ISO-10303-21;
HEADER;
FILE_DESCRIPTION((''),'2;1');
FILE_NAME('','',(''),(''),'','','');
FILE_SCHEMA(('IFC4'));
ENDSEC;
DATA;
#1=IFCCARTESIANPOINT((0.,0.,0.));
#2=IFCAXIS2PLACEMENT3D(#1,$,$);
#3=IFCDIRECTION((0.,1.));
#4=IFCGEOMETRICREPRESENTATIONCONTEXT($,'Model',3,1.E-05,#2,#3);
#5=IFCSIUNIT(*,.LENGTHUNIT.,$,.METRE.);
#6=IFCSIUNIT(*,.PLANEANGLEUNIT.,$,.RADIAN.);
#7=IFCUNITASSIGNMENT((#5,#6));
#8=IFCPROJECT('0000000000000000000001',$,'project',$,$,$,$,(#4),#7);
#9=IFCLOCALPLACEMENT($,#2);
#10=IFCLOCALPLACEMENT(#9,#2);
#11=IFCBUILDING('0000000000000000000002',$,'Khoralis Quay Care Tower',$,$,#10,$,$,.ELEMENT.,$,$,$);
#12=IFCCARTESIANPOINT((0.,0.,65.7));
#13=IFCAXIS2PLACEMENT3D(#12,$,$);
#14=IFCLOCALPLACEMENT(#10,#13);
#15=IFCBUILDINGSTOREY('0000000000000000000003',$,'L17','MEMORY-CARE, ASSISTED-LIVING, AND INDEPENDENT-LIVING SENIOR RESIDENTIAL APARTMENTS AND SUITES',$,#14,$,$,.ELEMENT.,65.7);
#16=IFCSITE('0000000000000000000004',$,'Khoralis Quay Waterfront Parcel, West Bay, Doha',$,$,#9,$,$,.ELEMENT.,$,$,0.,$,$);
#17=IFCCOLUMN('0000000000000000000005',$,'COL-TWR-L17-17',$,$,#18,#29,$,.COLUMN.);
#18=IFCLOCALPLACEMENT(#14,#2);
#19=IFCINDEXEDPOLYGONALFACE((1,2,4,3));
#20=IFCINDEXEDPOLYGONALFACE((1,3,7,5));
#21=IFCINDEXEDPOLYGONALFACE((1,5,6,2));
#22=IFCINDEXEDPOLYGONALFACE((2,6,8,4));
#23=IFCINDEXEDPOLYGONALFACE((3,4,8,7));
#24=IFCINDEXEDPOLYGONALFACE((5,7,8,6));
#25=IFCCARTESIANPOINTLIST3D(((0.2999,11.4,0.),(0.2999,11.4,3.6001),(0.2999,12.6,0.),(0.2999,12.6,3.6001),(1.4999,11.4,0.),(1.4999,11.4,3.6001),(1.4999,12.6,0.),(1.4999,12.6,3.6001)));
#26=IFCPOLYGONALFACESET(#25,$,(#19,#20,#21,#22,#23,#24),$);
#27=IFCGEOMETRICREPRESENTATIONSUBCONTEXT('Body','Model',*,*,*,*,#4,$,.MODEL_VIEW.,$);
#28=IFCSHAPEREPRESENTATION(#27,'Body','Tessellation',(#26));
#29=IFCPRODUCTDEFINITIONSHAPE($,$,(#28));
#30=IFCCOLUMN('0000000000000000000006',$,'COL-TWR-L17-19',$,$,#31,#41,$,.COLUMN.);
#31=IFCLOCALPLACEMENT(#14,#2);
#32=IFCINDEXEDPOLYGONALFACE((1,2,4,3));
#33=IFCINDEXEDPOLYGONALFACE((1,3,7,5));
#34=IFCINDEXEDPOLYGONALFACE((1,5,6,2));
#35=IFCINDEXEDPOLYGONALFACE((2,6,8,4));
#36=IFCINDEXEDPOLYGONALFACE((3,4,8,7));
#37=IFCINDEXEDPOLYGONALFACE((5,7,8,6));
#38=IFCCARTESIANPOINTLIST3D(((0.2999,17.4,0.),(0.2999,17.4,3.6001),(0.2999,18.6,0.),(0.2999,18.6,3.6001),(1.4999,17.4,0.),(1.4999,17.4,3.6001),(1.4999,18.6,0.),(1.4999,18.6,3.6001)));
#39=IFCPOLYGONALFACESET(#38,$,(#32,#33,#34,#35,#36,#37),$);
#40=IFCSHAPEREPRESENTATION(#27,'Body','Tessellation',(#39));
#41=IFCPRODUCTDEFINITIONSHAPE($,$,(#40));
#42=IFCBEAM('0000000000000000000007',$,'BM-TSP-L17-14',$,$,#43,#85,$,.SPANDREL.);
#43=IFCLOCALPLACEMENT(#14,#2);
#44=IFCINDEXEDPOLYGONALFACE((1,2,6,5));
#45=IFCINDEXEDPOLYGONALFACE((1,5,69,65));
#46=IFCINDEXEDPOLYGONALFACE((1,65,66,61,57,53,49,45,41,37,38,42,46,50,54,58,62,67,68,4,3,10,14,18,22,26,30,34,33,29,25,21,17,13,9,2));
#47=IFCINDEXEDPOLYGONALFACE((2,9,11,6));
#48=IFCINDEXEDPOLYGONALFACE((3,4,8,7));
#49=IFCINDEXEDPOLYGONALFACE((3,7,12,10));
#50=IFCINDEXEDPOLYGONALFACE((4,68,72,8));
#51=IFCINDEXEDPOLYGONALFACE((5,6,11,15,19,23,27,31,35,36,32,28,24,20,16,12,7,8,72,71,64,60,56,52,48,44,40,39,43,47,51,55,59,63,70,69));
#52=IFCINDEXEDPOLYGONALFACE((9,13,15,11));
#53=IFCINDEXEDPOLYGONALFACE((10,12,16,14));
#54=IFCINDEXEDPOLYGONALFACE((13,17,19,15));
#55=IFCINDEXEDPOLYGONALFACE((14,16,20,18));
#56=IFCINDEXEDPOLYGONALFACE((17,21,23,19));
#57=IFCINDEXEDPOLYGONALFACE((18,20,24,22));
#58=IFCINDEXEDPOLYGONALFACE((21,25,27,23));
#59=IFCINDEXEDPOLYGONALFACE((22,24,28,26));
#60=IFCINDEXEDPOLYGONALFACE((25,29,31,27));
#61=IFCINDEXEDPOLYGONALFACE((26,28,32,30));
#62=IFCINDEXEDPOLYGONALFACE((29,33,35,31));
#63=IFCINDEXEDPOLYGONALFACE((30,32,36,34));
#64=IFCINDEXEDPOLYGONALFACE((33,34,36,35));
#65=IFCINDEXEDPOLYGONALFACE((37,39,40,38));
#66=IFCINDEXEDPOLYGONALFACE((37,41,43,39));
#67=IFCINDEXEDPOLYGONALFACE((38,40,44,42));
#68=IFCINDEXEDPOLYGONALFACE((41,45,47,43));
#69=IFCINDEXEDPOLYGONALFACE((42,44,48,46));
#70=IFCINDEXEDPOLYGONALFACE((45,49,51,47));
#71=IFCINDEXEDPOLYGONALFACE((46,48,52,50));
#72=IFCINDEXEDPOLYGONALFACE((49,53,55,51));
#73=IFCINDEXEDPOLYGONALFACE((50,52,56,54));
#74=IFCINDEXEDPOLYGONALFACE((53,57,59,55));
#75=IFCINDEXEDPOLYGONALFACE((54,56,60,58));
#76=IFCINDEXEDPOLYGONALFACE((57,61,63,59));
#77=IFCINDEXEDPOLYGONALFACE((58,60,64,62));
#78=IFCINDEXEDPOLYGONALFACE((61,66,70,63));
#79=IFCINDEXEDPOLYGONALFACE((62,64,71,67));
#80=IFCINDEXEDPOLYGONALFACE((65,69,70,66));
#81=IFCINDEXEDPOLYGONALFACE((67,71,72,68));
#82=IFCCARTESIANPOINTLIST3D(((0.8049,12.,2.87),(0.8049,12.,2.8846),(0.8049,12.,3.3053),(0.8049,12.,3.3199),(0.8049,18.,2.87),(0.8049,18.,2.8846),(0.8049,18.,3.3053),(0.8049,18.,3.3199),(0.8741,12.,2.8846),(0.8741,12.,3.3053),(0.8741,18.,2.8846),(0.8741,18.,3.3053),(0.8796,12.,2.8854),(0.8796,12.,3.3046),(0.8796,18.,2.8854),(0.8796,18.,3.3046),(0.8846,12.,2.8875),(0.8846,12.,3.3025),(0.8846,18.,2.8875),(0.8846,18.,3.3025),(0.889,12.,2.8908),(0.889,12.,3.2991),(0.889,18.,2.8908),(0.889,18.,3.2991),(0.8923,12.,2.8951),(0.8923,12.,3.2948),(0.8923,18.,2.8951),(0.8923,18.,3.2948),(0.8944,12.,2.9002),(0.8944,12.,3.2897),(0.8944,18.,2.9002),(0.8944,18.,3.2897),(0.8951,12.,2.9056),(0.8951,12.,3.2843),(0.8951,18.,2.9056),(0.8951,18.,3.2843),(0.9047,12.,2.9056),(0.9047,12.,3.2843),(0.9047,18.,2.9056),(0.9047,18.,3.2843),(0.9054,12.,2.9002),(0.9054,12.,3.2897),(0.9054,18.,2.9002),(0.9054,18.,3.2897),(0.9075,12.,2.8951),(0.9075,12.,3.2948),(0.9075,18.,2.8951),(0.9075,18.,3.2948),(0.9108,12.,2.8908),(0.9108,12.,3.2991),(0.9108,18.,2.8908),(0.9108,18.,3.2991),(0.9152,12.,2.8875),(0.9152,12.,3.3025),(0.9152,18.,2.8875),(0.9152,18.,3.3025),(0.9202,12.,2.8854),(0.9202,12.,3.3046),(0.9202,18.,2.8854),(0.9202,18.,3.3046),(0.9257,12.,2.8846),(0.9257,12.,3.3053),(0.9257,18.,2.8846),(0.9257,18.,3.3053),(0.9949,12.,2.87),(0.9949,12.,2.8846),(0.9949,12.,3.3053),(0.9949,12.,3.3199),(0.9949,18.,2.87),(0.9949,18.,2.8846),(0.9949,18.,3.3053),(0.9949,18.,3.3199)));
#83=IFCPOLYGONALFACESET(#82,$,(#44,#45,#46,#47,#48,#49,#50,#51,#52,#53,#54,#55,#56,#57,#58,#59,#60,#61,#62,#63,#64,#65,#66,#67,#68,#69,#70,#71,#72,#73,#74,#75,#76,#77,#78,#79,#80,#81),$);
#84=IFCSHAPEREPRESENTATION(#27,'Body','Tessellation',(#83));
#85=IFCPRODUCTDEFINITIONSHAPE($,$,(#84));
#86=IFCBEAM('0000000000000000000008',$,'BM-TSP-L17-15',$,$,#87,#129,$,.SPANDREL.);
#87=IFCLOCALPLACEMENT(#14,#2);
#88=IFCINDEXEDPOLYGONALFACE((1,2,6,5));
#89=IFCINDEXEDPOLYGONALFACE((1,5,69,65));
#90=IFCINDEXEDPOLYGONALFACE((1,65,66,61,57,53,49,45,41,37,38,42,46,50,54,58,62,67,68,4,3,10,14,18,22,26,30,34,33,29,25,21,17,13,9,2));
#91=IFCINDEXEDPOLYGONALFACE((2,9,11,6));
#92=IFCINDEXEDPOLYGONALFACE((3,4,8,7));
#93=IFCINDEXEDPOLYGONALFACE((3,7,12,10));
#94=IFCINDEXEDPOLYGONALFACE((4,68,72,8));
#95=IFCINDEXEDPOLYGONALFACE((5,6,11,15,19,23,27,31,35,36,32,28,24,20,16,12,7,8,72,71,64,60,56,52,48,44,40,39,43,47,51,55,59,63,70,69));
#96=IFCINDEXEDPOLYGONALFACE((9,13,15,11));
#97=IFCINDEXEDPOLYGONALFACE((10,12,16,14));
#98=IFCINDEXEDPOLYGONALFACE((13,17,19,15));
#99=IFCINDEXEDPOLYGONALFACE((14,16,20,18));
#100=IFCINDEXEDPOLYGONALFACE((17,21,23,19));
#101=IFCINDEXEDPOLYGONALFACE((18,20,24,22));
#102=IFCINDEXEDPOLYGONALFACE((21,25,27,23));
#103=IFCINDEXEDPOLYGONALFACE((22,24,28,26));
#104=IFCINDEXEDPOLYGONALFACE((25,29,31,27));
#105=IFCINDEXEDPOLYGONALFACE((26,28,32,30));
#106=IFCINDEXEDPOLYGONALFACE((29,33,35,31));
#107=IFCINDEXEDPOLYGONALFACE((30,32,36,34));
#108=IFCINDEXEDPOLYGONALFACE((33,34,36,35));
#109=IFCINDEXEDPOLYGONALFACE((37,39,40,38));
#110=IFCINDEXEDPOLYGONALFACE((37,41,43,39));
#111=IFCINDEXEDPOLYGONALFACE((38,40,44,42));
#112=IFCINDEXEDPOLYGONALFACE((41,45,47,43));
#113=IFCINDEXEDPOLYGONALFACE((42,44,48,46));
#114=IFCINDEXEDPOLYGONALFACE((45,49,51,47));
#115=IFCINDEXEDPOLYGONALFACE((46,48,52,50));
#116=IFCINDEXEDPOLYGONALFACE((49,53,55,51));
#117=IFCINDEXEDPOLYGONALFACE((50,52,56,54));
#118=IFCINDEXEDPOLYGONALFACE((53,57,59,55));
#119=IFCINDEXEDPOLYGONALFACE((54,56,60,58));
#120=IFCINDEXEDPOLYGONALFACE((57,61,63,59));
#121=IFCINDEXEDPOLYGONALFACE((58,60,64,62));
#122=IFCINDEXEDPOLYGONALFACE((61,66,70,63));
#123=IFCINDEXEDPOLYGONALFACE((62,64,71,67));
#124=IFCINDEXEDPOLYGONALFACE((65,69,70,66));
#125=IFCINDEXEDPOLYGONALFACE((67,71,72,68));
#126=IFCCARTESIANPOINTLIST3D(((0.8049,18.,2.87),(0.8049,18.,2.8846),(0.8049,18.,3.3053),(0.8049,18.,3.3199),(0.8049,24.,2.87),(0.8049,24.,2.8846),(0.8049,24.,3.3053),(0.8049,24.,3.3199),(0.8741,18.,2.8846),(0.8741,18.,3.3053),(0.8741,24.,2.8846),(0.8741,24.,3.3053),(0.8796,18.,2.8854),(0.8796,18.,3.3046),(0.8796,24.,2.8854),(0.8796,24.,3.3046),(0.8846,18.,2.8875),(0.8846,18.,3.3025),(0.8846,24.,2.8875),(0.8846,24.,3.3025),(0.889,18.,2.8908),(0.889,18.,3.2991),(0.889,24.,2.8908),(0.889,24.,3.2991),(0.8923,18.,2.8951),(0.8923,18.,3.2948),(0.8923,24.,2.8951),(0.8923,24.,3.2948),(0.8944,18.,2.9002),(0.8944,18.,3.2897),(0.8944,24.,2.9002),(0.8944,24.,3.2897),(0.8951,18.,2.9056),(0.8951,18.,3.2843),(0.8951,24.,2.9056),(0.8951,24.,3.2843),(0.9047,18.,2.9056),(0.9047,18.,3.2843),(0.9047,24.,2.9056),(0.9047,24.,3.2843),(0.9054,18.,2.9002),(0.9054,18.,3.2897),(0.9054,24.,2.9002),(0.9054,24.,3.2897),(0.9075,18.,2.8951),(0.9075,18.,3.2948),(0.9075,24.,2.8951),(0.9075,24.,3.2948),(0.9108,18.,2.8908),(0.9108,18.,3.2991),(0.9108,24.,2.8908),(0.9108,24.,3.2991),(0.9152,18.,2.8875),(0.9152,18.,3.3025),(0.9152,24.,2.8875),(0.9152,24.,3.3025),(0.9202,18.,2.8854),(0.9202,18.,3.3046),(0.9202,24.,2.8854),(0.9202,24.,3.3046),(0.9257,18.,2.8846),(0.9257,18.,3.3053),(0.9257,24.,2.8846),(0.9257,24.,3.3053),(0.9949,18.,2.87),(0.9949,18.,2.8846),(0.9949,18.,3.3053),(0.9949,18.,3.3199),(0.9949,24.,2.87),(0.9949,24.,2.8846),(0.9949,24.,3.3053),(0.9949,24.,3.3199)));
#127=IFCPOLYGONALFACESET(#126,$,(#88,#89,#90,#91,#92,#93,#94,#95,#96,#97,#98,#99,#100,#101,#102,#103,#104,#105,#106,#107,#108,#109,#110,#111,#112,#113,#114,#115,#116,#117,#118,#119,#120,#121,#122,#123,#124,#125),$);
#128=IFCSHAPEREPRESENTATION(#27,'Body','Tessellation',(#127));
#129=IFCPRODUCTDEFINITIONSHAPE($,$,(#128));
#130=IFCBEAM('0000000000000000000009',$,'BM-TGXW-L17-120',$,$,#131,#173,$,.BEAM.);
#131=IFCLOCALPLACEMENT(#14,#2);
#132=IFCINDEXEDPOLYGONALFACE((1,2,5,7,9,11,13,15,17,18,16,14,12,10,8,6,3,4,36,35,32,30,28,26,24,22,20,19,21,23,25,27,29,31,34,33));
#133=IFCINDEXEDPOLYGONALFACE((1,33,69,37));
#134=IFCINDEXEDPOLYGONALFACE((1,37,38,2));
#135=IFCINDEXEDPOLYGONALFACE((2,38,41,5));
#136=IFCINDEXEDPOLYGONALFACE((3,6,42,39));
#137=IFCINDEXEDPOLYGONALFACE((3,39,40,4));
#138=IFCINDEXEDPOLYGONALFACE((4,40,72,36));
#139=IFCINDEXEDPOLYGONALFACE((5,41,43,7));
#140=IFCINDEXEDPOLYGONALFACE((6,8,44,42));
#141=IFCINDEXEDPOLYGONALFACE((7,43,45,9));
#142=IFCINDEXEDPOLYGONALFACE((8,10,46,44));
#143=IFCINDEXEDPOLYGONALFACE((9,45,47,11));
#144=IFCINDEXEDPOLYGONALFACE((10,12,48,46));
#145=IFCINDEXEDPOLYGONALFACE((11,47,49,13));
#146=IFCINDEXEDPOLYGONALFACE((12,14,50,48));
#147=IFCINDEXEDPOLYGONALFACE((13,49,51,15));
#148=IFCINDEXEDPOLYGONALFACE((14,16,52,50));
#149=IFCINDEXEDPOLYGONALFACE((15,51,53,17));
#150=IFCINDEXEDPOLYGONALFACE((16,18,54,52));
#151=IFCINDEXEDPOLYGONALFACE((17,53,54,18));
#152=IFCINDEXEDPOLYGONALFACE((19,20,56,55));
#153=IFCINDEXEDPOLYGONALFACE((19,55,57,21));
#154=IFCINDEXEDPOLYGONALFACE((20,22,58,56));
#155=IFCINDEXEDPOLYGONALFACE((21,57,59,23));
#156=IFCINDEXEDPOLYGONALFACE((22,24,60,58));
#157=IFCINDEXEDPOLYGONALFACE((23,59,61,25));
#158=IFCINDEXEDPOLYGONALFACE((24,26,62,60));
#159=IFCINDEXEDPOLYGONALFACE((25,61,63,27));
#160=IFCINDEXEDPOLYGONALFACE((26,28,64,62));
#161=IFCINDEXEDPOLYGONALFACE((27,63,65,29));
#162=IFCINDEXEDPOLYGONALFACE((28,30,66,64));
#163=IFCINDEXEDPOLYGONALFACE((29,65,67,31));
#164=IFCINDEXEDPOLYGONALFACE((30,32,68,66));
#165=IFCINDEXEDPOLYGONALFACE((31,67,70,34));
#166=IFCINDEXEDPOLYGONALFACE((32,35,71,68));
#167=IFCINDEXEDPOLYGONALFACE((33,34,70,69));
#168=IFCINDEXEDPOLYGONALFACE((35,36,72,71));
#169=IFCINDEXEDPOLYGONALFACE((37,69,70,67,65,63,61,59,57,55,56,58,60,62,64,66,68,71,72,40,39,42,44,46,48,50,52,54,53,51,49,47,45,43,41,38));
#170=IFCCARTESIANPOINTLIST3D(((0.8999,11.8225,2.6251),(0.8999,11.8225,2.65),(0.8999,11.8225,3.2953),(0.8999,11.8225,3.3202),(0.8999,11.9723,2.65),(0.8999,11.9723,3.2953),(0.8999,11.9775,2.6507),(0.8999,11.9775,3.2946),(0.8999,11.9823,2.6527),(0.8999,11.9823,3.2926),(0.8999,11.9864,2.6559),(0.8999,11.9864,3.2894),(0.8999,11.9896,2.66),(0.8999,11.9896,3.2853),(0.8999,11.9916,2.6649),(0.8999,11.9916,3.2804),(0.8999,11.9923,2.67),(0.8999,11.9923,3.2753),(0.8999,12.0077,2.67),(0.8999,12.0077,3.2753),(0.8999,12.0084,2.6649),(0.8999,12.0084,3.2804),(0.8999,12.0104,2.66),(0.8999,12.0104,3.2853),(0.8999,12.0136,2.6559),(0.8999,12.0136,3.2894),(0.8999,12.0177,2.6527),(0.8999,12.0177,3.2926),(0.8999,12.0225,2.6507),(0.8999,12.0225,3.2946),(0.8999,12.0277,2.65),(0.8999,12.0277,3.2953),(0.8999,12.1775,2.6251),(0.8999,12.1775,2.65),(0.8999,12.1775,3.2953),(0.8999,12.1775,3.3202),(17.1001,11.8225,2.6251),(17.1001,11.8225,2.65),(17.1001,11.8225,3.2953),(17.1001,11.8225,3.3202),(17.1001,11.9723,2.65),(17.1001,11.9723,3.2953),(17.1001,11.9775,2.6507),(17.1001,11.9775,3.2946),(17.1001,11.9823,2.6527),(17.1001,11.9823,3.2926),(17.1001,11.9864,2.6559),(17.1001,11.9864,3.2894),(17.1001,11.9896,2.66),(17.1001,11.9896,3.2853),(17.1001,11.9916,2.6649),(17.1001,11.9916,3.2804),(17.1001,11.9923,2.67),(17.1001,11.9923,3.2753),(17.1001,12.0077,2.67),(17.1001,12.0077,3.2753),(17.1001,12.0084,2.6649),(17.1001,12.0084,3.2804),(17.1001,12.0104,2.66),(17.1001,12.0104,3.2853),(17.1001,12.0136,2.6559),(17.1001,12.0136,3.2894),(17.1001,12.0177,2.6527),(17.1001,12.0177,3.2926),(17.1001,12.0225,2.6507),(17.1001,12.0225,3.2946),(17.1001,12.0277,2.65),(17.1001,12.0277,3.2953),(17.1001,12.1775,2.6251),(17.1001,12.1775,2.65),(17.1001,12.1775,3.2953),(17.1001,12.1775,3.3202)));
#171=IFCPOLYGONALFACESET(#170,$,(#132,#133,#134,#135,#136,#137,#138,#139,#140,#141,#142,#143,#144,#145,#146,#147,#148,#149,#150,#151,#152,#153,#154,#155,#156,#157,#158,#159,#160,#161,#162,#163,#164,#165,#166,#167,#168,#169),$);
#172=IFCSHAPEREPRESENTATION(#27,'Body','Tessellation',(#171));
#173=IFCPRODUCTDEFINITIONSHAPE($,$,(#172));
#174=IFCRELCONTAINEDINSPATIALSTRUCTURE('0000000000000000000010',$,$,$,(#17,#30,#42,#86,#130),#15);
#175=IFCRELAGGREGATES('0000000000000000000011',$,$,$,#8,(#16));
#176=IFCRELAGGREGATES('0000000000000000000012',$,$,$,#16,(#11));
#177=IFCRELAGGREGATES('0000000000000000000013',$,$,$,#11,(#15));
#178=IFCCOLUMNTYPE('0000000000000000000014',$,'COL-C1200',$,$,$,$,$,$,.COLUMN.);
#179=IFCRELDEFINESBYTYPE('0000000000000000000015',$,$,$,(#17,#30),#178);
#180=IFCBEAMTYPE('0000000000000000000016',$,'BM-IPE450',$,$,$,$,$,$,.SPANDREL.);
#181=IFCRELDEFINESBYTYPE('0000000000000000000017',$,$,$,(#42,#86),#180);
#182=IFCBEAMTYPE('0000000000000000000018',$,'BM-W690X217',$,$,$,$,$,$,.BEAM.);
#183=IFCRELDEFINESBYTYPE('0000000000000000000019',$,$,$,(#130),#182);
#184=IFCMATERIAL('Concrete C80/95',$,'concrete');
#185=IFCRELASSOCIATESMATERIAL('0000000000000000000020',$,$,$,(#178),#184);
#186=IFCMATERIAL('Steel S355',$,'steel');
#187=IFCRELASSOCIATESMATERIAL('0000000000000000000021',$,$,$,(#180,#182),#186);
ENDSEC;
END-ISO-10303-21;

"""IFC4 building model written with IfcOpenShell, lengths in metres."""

from ifc_helpers import new_model, si_unit, direction, frame, origin, origin_2d, place, context, subcontext, project, spatial, rectangle, i_section, extrude, source, transform, mapped, material, material_profile, profile_set, type_object, element, save


model = new_model("IFC4")

# Units and contexts
model_context = context("Model", 3, precision=1e-05, world=origin(), true_north=direction((0.0, 1.0)))
body_context = subcontext(model_context, "Body", "Model", "MODEL_VIEW")
ifc_project = project(units=[si_unit("LENGTHUNIT", "METRE"), si_unit("PLANEANGLEUNIT", "RADIAN")], contexts=[model_context])

# Site, building, storey
site_placement = place(None, origin())
site = spatial("IfcSite", under=ifc_project, at=site_placement, Name="Khoralis Quay Waterfront Parcel, West Bay, Doha", CompositionType="ELEMENT", RefElevation=0.0)
building_placement = place(site_placement, origin())
building = spatial("IfcBuilding", under=site, at=building_placement, Name="Khoralis Quay Care Tower", CompositionType="ELEMENT")
storey_placement = place(building_placement, frame((0.0, 0.0, 65.7)))
storey = spatial("IfcBuildingStorey", under=building, at=storey_placement, Name="L17", Description="MEMORY-CARE, ASSISTED-LIVING, AND INDEPENDENT-LIVING SENIOR RESIDENTIAL APARTMENTS AND SUITES", CompositionType="ELEMENT", Elevation=65.7)

# Columns
ifc_material_1 = material(Name="Concrete C80/95", Category="concrete")
ifc_material_profile_1 = material_profile(ifc_material_1, rectangle(XDim=1.2, YDim=1.2, at=origin_2d()), Name="Concrete C80/95")
ifc_profile_set_1 = profile_set([ifc_material_profile_1], Name="Concrete C80/95")
column_type = type_object("IfcColumnType", Name="COL-C1200", PredefinedType="COLUMN", material=ifc_profile_set_1)
shared_shape_1 = source(origin(), body_context, "Body", "SweptSolid", [
    extrude(rectangle(XDim=1.2, YDim=1.2, at=origin_2d()), origin(), (0.0, 0.0, 1.0), 3.6001),
])
for number, where, z_axis, x_axis, name in (
    (1, (0.8999, 12.0, 0.0), (0.0, 0.0, 1.0), (1.0, 0.0, 0.0), "COL-TWR-L17-17"),
    (2, (0.8999, 18.0, 0.0), (0.0, 0.0, 1.0), (1.0, 0.0, 0.0), "COL-TWR-L17-19"),
):
    element("IfcColumn", number, at=place(storey_placement, frame(where, z_axis=z_axis, x_axis=x_axis)), inside=storey, type_object=column_type, Name=name, PredefinedType="COLUMN", context=body_context, shape_type="MappedRepresentation", body=[
        mapped(shared_shape_1, transform((0.0, 0.0, 0.0), scale=1.0)),
    ])

# Beams
ifc_material_2 = material(Name="Steel S355", Category="steel")
ifc_material_profile_2 = material_profile(ifc_material_2, i_section(OverallWidth=0.1899, OverallDepth=0.45, WebThickness=0.0095, FlangeThickness=0.0146, FilletRadius=0.021, at=origin_2d()), Name="Steel S355")
ifc_profile_set_2 = profile_set([ifc_material_profile_2], Name="Steel S355")
beam_type_1 = type_object("IfcBeamType", Name="BM-IPE450", PredefinedType="SPANDREL", material=ifc_profile_set_2)
shared_shape_2 = source(origin(), body_context, "Body", "SweptSolid", [
    extrude(i_section(OverallWidth=0.1899, OverallDepth=0.45, WebThickness=0.0095, FlangeThickness=0.0146, FilletRadius=0.021, at=origin_2d()), origin(), (0.0, 0.0, 1.0), 6.0),
])
for number, where, z_axis, x_axis, name in (
    (3, (0.8999, 12.0, 3.095), (0.0, 1.0, 0.0), (-1.0, 0.0, 0.0), "BM-TSP-L17-14"),
    (4, (0.8999, 18.0, 3.095), (0.0, 1.0, 0.0), (-1.0, 0.0, 0.0), "BM-TSP-L17-15"),
):
    element("IfcBeam", number, at=place(storey_placement, frame(where, z_axis=z_axis, x_axis=x_axis)), inside=storey, type_object=beam_type_1, Name=name, PredefinedType="SPANDREL", context=body_context, shape_type="MappedRepresentation", body=[
        mapped(shared_shape_2, transform((0.0, 0.0, 0.0), scale=1.0)),
    ])
ifc_material_profile_3 = material_profile(ifc_material_2, i_section(OverallWidth=0.355, OverallDepth=0.6951, WebThickness=0.0154, FlangeThickness=0.0249, FilletRadius=0.02, at=origin_2d()), Name="Steel S355")
ifc_profile_set_3 = profile_set([ifc_material_profile_3], Name="Steel S355")
beam_type_2 = type_object("IfcBeamType", Name="BM-W690X217", PredefinedType="BEAM", material=ifc_profile_set_3)
shared_shape_3 = source(origin(), body_context, "Body", "SweptSolid", [
    extrude(i_section(OverallWidth=0.355, OverallDepth=0.6951, WebThickness=0.0154, FlangeThickness=0.0249, FilletRadius=0.02, at=origin_2d()), origin(), (0.0, 0.0, 1.0), 16.2002),
])
beam_1_placement = place(storey_placement, frame((0.8999, 12.0, 2.9727), z_axis=(1.0, 0.0, 0.0), x_axis=(0.0, 1.0, 0.0)))
element("IfcBeam", 5, at=beam_1_placement, inside=storey, type_object=beam_type_2, Name="BM-TGXW-L17-120", PredefinedType="BEAM", context=body_context, shape_type="MappedRepresentation", body=[
    mapped(shared_shape_3, transform((0.0, 0.0, 0.0), scale=1.0)),
])

save(model, "model.ifc")
